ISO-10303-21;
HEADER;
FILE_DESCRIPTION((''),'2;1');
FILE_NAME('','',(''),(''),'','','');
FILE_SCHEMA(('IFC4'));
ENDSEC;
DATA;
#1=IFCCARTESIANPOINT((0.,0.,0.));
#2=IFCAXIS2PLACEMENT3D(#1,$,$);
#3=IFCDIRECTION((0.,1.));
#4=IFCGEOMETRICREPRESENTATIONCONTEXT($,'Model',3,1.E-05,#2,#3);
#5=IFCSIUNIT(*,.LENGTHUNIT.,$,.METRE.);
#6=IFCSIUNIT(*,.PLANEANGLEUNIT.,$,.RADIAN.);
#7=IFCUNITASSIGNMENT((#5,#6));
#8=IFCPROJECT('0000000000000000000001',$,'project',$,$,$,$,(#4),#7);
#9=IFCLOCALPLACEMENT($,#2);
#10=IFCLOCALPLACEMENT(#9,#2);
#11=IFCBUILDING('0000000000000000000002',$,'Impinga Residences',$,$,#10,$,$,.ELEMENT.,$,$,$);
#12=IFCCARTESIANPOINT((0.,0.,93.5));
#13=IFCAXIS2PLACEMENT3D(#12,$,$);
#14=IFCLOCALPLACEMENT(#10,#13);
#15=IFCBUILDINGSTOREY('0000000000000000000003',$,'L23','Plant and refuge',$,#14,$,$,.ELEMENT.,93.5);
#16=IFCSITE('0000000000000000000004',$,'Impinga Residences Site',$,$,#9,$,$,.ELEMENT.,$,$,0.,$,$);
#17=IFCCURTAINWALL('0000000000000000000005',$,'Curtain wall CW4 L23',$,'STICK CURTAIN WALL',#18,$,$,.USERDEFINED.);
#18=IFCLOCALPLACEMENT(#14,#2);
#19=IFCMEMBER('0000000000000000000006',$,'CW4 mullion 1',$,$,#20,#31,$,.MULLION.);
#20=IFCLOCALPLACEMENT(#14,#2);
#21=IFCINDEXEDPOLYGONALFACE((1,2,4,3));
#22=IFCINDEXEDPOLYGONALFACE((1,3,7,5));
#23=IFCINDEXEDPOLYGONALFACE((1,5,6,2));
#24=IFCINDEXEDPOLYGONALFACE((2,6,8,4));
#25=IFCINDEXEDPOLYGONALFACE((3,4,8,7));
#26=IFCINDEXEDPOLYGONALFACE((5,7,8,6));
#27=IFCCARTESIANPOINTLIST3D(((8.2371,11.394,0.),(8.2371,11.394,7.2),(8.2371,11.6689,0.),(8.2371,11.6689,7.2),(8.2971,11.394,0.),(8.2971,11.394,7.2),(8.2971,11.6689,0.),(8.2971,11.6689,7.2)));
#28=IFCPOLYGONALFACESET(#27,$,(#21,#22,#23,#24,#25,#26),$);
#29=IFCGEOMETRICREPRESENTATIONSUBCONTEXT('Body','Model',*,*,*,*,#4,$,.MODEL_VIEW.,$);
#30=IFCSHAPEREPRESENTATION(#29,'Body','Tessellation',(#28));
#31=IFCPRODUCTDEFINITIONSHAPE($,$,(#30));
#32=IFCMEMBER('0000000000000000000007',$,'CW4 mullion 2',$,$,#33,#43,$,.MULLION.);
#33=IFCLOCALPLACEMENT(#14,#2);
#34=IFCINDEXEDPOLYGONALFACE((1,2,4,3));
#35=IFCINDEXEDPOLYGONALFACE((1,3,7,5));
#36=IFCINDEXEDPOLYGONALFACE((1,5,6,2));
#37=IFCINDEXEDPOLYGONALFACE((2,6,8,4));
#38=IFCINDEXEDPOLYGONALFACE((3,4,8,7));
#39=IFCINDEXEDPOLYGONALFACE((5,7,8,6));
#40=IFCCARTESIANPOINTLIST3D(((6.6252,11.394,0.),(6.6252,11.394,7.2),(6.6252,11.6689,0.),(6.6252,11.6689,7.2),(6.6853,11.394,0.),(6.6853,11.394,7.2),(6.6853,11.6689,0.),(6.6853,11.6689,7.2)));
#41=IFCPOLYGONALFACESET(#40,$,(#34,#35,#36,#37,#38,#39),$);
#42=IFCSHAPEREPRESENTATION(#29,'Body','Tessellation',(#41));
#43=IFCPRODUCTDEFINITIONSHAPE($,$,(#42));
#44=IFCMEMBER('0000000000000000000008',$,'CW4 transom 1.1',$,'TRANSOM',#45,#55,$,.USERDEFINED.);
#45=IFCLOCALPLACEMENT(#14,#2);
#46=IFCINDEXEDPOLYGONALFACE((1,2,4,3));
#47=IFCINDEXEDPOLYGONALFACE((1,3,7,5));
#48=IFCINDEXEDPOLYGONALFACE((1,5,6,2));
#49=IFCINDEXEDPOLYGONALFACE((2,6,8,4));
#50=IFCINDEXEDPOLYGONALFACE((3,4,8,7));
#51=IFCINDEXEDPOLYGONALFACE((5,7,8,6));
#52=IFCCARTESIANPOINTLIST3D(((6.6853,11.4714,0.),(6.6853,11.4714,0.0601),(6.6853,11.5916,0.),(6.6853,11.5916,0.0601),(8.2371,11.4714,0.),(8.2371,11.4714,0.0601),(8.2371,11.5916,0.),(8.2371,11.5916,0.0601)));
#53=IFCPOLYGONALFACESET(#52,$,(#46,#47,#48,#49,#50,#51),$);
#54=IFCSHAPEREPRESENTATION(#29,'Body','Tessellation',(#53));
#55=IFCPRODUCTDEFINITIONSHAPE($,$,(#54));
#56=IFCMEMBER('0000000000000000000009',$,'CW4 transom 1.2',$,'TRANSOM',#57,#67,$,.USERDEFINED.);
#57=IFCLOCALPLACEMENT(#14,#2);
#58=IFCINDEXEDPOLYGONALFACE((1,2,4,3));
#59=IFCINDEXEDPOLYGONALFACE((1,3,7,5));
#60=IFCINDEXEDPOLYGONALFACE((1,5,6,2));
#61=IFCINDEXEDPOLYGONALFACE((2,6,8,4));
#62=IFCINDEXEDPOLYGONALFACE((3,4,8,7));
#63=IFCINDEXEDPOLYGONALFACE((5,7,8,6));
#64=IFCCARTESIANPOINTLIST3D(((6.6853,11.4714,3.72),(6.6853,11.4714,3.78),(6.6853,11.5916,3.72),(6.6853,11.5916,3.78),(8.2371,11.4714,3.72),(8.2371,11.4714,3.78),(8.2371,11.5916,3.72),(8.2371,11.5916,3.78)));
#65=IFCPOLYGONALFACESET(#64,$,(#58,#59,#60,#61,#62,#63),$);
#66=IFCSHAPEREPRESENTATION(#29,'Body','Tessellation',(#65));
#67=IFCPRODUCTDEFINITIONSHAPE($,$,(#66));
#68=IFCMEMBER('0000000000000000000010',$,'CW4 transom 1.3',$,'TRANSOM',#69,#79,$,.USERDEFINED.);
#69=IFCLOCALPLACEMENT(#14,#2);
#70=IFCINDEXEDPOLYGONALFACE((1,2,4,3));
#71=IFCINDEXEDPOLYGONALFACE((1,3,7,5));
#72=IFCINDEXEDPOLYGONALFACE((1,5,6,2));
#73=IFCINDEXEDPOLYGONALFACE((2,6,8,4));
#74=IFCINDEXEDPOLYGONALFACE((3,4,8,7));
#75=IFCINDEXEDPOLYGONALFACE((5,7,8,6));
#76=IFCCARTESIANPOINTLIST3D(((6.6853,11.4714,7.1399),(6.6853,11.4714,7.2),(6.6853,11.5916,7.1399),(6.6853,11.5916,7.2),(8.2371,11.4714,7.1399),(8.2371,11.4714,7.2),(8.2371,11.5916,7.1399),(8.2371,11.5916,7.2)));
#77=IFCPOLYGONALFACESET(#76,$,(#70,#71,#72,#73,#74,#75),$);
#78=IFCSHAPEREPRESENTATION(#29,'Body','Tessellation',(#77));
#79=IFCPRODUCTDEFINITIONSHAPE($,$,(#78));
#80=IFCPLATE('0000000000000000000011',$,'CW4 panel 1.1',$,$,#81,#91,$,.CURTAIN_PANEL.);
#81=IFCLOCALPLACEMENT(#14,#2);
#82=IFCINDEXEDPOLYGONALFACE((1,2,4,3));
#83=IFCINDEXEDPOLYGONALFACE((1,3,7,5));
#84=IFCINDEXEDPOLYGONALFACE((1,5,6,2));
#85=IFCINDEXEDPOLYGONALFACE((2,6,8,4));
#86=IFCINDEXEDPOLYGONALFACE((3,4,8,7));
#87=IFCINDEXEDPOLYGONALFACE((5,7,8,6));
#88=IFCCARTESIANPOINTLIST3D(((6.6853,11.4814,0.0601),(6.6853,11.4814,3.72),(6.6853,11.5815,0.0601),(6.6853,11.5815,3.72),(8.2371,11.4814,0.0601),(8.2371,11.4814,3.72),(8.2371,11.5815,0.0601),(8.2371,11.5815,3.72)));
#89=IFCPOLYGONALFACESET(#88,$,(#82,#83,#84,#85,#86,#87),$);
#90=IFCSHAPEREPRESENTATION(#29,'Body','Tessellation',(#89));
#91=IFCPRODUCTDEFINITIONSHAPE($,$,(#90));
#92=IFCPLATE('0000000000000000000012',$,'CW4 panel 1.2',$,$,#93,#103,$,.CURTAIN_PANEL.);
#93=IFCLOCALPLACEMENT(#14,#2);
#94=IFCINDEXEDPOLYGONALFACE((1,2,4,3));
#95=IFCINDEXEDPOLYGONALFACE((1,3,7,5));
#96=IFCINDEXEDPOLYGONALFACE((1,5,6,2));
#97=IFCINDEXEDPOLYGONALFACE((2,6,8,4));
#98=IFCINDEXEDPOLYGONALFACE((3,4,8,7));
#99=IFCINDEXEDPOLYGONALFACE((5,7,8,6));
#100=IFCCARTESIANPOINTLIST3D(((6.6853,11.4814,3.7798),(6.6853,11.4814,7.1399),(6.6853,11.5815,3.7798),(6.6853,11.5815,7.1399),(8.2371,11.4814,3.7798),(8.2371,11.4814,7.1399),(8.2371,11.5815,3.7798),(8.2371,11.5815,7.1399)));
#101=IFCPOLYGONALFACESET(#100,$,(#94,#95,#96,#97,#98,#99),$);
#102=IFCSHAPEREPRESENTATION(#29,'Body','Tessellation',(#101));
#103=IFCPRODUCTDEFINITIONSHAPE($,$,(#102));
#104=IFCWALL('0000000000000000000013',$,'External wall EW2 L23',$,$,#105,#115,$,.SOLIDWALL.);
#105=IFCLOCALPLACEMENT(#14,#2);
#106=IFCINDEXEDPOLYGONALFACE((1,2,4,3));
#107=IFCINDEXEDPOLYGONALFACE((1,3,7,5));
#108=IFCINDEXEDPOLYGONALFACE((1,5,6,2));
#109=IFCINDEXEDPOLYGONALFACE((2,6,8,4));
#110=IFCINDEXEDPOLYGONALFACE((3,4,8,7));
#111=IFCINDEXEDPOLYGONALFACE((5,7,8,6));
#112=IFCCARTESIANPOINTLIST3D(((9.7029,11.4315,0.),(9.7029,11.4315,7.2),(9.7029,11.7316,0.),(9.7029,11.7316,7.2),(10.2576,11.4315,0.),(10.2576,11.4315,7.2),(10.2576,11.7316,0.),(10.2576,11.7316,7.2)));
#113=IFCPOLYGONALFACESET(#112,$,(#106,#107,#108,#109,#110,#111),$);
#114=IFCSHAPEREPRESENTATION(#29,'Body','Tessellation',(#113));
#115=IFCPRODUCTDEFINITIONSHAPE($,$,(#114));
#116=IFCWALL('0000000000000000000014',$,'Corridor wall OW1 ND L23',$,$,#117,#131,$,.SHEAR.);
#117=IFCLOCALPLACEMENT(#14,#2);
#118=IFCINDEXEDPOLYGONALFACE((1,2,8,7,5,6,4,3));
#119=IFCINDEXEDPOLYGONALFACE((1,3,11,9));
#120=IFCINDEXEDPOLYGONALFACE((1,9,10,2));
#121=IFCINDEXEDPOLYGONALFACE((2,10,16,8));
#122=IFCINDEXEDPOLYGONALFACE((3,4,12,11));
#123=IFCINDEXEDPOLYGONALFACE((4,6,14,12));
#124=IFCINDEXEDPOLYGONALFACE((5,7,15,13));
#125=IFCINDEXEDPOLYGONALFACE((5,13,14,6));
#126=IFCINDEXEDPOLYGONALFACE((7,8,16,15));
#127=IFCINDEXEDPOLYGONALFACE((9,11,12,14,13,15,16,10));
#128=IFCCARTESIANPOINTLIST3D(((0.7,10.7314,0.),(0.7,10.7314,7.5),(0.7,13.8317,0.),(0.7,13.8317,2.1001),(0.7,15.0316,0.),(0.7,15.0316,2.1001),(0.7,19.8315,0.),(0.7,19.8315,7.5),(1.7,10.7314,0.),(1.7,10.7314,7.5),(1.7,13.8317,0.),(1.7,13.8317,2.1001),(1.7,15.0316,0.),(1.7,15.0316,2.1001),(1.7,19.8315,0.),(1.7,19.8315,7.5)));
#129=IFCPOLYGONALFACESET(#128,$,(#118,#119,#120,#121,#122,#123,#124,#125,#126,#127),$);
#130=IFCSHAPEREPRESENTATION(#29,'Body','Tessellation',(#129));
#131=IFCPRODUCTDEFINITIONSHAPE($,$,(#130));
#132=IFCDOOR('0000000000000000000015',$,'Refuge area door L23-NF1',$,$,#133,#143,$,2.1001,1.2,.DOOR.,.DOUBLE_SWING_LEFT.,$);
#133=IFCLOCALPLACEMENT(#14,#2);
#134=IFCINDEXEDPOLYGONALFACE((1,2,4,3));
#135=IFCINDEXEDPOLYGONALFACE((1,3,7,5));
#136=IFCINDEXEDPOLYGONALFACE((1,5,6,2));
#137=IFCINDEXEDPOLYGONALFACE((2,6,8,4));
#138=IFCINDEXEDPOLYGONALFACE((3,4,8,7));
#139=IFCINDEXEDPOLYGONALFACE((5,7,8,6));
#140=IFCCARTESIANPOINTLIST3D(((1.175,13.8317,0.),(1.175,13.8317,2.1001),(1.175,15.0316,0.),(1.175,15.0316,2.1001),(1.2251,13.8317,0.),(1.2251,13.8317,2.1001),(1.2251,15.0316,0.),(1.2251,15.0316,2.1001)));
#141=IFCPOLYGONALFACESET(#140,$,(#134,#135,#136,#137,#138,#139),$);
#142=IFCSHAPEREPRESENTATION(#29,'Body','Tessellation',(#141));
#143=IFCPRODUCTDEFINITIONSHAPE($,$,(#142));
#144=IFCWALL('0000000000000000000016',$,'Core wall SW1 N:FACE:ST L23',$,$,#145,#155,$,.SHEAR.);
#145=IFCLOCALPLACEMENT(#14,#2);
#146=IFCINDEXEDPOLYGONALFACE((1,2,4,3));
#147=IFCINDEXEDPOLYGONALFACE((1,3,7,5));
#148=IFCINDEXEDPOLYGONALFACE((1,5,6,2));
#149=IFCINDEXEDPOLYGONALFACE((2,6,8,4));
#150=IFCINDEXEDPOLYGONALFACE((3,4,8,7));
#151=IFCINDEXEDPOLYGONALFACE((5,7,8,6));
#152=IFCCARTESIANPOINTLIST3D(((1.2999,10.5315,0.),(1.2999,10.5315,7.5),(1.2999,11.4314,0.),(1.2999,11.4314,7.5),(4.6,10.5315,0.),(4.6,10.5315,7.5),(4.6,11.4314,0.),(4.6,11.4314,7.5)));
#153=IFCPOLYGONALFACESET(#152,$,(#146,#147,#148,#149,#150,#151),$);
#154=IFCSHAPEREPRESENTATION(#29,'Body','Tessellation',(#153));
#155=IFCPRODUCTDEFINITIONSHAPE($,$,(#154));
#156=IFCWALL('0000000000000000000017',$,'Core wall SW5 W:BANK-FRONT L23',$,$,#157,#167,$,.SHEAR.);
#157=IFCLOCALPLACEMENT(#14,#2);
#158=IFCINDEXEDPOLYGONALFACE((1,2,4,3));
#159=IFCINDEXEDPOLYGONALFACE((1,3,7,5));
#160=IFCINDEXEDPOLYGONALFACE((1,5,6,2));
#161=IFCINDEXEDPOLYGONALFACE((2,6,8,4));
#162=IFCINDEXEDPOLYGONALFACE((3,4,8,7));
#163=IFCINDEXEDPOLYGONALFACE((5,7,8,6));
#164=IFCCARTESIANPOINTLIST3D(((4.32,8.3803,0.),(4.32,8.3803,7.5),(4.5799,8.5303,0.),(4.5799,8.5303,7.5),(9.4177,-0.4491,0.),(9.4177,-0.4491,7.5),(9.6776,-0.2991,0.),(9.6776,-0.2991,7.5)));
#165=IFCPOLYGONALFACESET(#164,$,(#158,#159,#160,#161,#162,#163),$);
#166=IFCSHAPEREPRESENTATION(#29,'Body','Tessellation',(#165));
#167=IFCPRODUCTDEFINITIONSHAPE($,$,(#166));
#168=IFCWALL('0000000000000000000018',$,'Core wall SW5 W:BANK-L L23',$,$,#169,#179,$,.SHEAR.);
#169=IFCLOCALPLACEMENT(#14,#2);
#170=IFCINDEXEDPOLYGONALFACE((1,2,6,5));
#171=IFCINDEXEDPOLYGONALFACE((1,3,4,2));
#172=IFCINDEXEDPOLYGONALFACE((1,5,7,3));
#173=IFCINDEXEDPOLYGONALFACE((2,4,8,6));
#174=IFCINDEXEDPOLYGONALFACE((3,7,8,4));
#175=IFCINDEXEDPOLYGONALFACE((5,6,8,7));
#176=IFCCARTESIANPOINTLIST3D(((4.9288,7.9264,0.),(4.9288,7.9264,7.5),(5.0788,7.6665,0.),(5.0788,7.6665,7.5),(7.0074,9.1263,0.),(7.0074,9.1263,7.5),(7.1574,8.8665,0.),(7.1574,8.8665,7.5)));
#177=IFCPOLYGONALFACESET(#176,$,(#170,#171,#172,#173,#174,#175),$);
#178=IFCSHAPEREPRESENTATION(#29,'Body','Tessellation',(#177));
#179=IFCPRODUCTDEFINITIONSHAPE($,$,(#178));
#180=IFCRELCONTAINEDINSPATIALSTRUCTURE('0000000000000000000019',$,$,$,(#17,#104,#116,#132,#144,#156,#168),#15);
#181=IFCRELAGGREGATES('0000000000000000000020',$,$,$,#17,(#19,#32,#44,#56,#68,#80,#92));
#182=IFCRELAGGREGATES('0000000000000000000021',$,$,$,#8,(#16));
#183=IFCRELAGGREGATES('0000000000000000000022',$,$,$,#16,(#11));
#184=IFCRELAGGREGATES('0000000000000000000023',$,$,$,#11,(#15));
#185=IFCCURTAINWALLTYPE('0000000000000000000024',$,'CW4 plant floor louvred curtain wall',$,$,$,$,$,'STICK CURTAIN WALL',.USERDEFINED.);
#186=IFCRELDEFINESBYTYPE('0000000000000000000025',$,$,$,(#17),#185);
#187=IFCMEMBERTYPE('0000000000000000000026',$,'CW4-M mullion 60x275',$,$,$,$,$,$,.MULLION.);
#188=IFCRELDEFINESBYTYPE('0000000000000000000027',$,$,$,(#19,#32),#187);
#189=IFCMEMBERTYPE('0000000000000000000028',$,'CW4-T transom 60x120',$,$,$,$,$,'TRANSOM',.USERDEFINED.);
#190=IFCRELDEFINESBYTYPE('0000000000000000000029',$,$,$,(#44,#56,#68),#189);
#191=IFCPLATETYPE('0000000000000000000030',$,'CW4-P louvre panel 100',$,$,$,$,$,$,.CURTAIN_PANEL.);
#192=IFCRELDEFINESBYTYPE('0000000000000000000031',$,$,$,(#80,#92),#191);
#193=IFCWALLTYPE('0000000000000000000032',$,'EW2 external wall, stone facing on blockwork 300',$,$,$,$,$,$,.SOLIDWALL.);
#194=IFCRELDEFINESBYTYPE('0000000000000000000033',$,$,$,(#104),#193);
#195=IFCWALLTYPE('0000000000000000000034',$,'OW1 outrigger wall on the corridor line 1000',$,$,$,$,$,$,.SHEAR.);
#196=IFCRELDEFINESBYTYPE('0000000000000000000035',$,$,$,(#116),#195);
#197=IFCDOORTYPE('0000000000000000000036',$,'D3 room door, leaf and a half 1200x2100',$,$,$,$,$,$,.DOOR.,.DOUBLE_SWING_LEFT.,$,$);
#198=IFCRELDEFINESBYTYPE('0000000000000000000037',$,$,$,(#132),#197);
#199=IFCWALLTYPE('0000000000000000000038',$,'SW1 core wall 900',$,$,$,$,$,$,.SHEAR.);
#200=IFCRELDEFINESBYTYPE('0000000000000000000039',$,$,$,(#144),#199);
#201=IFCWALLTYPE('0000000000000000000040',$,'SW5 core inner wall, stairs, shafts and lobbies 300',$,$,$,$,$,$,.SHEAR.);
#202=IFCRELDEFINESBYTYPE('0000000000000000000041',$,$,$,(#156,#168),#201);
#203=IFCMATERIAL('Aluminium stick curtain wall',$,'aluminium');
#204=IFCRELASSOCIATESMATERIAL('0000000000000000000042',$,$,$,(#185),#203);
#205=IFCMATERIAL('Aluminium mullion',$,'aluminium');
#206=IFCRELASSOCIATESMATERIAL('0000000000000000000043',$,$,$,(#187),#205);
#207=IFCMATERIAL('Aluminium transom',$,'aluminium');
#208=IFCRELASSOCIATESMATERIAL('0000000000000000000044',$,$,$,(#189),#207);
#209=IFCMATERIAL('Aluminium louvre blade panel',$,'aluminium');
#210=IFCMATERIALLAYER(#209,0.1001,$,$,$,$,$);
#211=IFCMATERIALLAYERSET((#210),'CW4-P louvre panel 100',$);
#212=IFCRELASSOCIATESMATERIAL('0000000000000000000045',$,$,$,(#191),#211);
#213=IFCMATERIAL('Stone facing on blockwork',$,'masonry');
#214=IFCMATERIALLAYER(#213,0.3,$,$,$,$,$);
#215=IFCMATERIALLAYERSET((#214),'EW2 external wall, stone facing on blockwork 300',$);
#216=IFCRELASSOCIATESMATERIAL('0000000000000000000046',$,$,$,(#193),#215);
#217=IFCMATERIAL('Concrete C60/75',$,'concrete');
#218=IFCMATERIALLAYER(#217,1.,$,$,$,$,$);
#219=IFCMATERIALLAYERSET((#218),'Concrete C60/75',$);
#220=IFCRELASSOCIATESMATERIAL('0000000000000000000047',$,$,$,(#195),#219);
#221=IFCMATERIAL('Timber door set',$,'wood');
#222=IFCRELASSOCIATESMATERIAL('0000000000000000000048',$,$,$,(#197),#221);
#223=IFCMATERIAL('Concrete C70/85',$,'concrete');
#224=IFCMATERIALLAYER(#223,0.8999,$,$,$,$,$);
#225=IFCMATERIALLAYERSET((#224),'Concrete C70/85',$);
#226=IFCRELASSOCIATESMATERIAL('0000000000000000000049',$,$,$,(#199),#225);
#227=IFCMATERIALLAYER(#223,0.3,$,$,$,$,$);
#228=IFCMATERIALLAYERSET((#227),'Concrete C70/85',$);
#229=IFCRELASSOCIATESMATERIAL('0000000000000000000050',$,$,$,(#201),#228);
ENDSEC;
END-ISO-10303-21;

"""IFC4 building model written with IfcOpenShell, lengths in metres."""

from ifc_helpers import new_model, si_unit, direction, frame, frame_2d, origin, origin_2d, place, context, subcontext, project, spatial, rectangle, extrude, material, layer, layer_set, material_profile, profile_set, type_object, element, fill, aggregate, save


model = new_model("IFC4")

# Units and contexts
model_context = context("Model", 3, precision=1e-05, world=origin(), true_north=direction((0.0, 1.0)))
body_context = subcontext(model_context, "Body", "Model", "MODEL_VIEW")
ifc_project = project(units=[si_unit("LENGTHUNIT", "METRE"), si_unit("PLANEANGLEUNIT", "RADIAN")], contexts=[model_context])

# Site, building, storey
site_placement = place(None, origin())
site = spatial("IfcSite", under=ifc_project, at=site_placement, Name="Impinga Residences Site", CompositionType="ELEMENT", RefElevation=0.0)
building_placement = place(site_placement, origin())
building = spatial("IfcBuilding", under=site, at=building_placement, Name="Impinga Residences", CompositionType="ELEMENT")
storey_placement = place(building_placement, frame((0.0, 0.0, 93.5)))
storey = spatial("IfcBuildingStorey", under=building, at=storey_placement, Name="L23", Description="Plant and refuge", CompositionType="ELEMENT", Elevation=93.5)

# Shared definitions
ifc_material_1 = material(Name="Concrete C70/85", Category="concrete")

# Shared definitions
ifc_material_2 = material(Name="Aluminium stick curtain wall", Category="aluminium")
curtain_wall_type = type_object("IfcCurtainWallType", Name="CW4 plant floor louvred curtain wall", ElementType="STICK CURTAIN WALL", PredefinedType="USERDEFINED", material=ifc_material_2)
ifc_material_3 = material(Name="Aluminium mullion", Category="aluminium")
ifc_material_profile_1 = material_profile(ifc_material_3, rectangle(XDim=0.0601, YDim=0.2749, at=origin_2d()), Name="60x275 mullion")
ifc_profile_set_1 = profile_set([ifc_material_profile_1], Name="Aluminium mullion")
member_type_1 = type_object("IfcMemberType", Name="CW4-M mullion 60x275", PredefinedType="MULLION", material=ifc_profile_set_1)

# Curtain wall, members, plates
curtain_wall_1_placement = place(storey_placement, origin())
curtain_wall_1 = element("IfcCurtainWall", 1, at=curtain_wall_1_placement, inside=storey, type_object=curtain_wall_type, Name="Curtain wall CW4 L23", ObjectType="STICK CURTAIN WALL", PredefinedType="USERDEFINED")
member_1_placement = place(storey_placement, frame((8.2671, 11.5315, 0.0), z_axis=(0.0, 0.0, 1.0), x_axis=(-1.0, 0.0, 0.0)))
member_1 = element("IfcMember", 2, at=member_1_placement, type_object=member_type_1, Name="CW4 mullion 1", PredefinedType="MULLION", context=body_context, shape_type="SweptSolid", body=[
    extrude(rectangle(XDim=0.0601, YDim=0.2749, at=origin_2d()), origin(), (0.0, 0.0, 1.0), 7.2),
])
member_2_placement = place(storey_placement, frame((6.6553, 11.5315, 0.0), z_axis=(0.0, 0.0, 1.0), x_axis=(-1.0, 0.0, 0.0)))
member_2 = element("IfcMember", 3, at=member_2_placement, type_object=member_type_1, Name="CW4 mullion 2", PredefinedType="MULLION", context=body_context, shape_type="SweptSolid", body=[
    extrude(rectangle(XDim=0.0601, YDim=0.2749, at=origin_2d()), origin(), (0.0, 0.0, 1.0), 7.2),
])
ifc_material_4 = material(Name="Aluminium transom", Category="aluminium")
ifc_material_profile_2 = material_profile(ifc_material_4, rectangle(XDim=0.0601, YDim=0.1201, at=origin_2d()), Name="60x120 transom")
ifc_profile_set_2 = profile_set([ifc_material_profile_2], Name="Aluminium transom")
member_type_2 = type_object("IfcMemberType", Name="CW4-T transom 60x120", ElementType="TRANSOM", PredefinedType="USERDEFINED", material=ifc_profile_set_2)
member_3_placement = place(storey_placement, frame((8.2371, 11.5315, 0.03), z_axis=(-1.0, 0.0, 0.0), x_axis=(0.0, 0.0, 1.0)))
member_3 = element("IfcMember", 4, at=member_3_placement, type_object=member_type_2, Name="CW4 transom 1.1", ObjectType="TRANSOM", PredefinedType="USERDEFINED", context=body_context, shape_type="SweptSolid", body=[
    extrude(rectangle(XDim=0.0601, YDim=0.1201, at=origin_2d()), origin(), (0.0, 0.0, 1.0), 1.5518),
])
member_4_placement = place(storey_placement, frame((8.2371, 11.5315, 3.75), z_axis=(-1.0, 0.0, 0.0), x_axis=(0.0, 0.0, 1.0)))
member_4 = element("IfcMember", 5, at=member_4_placement, type_object=member_type_2, Name="CW4 transom 1.2", ObjectType="TRANSOM", PredefinedType="USERDEFINED", context=body_context, shape_type="SweptSolid", body=[
    extrude(rectangle(XDim=0.0601, YDim=0.1201, at=origin_2d()), origin(), (0.0, 0.0, 1.0), 1.5518),
])
member_5_placement = place(storey_placement, frame((8.2371, 11.5315, 7.1699), z_axis=(-1.0, 0.0, 0.0), x_axis=(0.0, 0.0, 1.0)))
member_5 = element("IfcMember", 6, at=member_5_placement, type_object=member_type_2, Name="CW4 transom 1.3", ObjectType="TRANSOM", PredefinedType="USERDEFINED", context=body_context, shape_type="SweptSolid", body=[
    extrude(rectangle(XDim=0.0601, YDim=0.1201, at=origin_2d()), origin(), (0.0, 0.0, 1.0), 1.5518),
])
ifc_material_5 = material(Name="Aluminium louvre blade panel", Category="aluminium")
ifc_layer_1 = layer(ifc_material_5, 0.1001)
ifc_layer_set_1 = layer_set([ifc_layer_1], Name="CW4-P louvre panel 100")
plate_type = type_object("IfcPlateType", Name="CW4-P louvre panel 100", PredefinedType="CURTAIN_PANEL", material=ifc_layer_set_1)
plate_1_placement = place(storey_placement, frame((7.4612, 11.5315, 0.0601), z_axis=(0.0, 0.0, 1.0), x_axis=(-1.0, 0.0, 0.0)))
plate_1 = element("IfcPlate", 7, at=plate_1_placement, type_object=plate_type, Name="CW4 panel 1.1", PredefinedType="CURTAIN_PANEL", context=body_context, shape_type="SweptSolid", body=[
    extrude(rectangle(XDim=1.5518, YDim=0.1001, at=origin_2d()), origin(), (0.0, 0.0, 1.0), 3.6599),
])
plate_2_placement = place(storey_placement, frame((7.4612, 11.5315, 3.7798), z_axis=(0.0, 0.0, 1.0), x_axis=(-1.0, 0.0, 0.0)))
plate_2 = element("IfcPlate", 8, at=plate_2_placement, type_object=plate_type, Name="CW4 panel 1.2", PredefinedType="CURTAIN_PANEL", context=body_context, shape_type="SweptSolid", body=[
    extrude(rectangle(XDim=1.5518, YDim=0.1001, at=origin_2d()), origin(), (0.0, 0.0, 1.0), 3.3601),
])
aggregate(curtain_wall_1, [member_1, member_2, member_3, member_4, member_5, plate_1, plate_2])

# Wall
ifc_material_6 = material(Name="Stone facing on blockwork", Category="masonry")
ifc_layer_2 = layer(ifc_material_6, 0.3)
ifc_layer_set_2 = layer_set([ifc_layer_2], Name="EW2 external wall, stone facing on blockwork 300")
wall_type_1 = type_object("IfcWallType", Name="EW2 external wall, stone facing on blockwork 300", PredefinedType="SOLIDWALL", material=ifc_layer_set_2)
wall_1_placement = place(storey_placement, frame((10.2576, 11.5815, 0.0), z_axis=(0.0, 0.0, 1.0), x_axis=(-1.0, 0.0, 0.0)))
element("IfcWall", 9, at=wall_1_placement, inside=storey, type_object=wall_type_1, Name="External wall EW2 L23", PredefinedType="SOLIDWALL", context=body_context, shape_type="SweptSolid", body=[
    extrude(rectangle(XDim=0.5547, YDim=0.3, at=frame_2d((0.2773, 0.0))), origin(), (0.0, 0.0, 1.0), 7.2),
])

# Wall, opening, door
ifc_material_7 = material(Name="Concrete C60/75", Category="concrete")
ifc_layer_3 = layer(ifc_material_7, 1.0)
ifc_layer_set_3 = layer_set([ifc_layer_3], Name="Concrete C60/75")
wall_type_2 = type_object("IfcWallType", Name="OW1 outrigger wall on the corridor line 1000", PredefinedType="SHEAR", material=ifc_layer_set_3)
wall_2_placement = place(storey_placement, frame((1.2, 10.7314, 0.0), z_axis=(0.0, 0.0, 1.0), x_axis=(0.0, 1.0, 0.0)))
wall_2 = element("IfcWall", 10, at=wall_2_placement, inside=storey, type_object=wall_type_2, Name="Corridor wall OW1 ND L23", PredefinedType="SHEAR", context=body_context, shape_type="SweptSolid", body=[
    extrude(rectangle(XDim=9.1001, YDim=1.0, at=frame_2d((4.55, 0.0))), origin(), (0.0, 0.0, 1.0), 7.5),
])
opening_placement = place(wall_2_placement, frame((3.1001, 0.0, 0.0)))
opening = element("IfcOpeningElement", 11, at=opening_placement, cuts=wall_2, PredefinedType="OPENING", context=body_context, shape_type="SweptSolid", body=[
    extrude(rectangle(XDim=1.2, YDim=2.1001, at=frame_2d((0.6001, 1.05))), frame((0.0, 0.51, 0.0), z_axis=(0.0, -1.0, 0.0), x_axis=(1.0, 0.0, 0.0)), (0.0, 0.0, 1.0), 1.02),
])
ifc_material_8 = material(Name="Timber door set", Category="wood")
door_type = type_object("IfcDoorType", Name="D3 room door, leaf and a half 1200x2100", OperationType="DOUBLE_SWING_LEFT", PredefinedType="DOOR", material=ifc_material_8)
door_placement = place(opening_placement, origin())
door = element("IfcDoor", 12, at=door_placement, inside=storey, type_object=door_type, Name="Refuge area door L23-NF1", OperationType="DOUBLE_SWING_LEFT", OverallHeight=2.1001, OverallWidth=1.2, PredefinedType="DOOR", context=body_context, shape_type="SweptSolid", body=[
    extrude(rectangle(XDim=1.2, YDim=2.1001, at=frame_2d((0.6001, 1.05))), frame((0.0, 0.0249, 0.0), z_axis=(0.0, -1.0, 0.0), x_axis=(1.0, 0.0, 0.0)), (0.0, 0.0, 1.0), 0.05),
])
fill(opening, door)

# Walls
ifc_layer_4 = layer(ifc_material_1, 0.8999)
ifc_layer_set_4 = layer_set([ifc_layer_4], Name="Concrete C70/85")
wall_type_3 = type_object("IfcWallType", Name="SW1 core wall 900", PredefinedType="SHEAR", material=ifc_layer_set_4)
wall_3_placement = place(storey_placement, frame((1.3, 10.9814, 0.0), z_axis=(0.0, 0.0, 1.0), x_axis=(1.0, 0.0, 0.0)))
element("IfcWall", 13, at=wall_3_placement, inside=storey, type_object=wall_type_3, Name="Core wall SW1 N:FACE:ST L23", PredefinedType="SHEAR", context=body_context, shape_type="SweptSolid", body=[
    extrude(rectangle(XDim=3.3, YDim=0.8999, at=frame_2d((1.6499, 0.0))), origin(), (0.0, 0.0, 1.0), 7.5),
])
ifc_layer_5 = layer(ifc_material_1, 0.3)
ifc_layer_set_5 = layer_set([ifc_layer_5], Name="Concrete C70/85")
wall_type_4 = type_object("IfcWallType", Name="SW5 core inner wall, stairs, shafts and lobbies 300", PredefinedType="SHEAR", material=ifc_layer_set_5)
wall_4_placement = place(storey_placement, frame((4.45, 8.4553, 0.0), z_axis=(0.0, 0.0, 1.0), x_axis=(0.500002, -0.866024, 0.0)))
element("IfcWall", 14, at=wall_4_placement, inside=storey, type_object=wall_type_4, Name="Core wall SW5 W:BANK-FRONT L23", PredefinedType="SHEAR", context=body_context, shape_type="SweptSolid", body=[
    extrude(rectangle(XDim=10.1953, YDim=0.3, at=frame_2d((5.0977, 0.0))), origin(), (0.0, 0.0, 1.0), 7.5),
])
wall_5_placement = place(storey_placement, frame((5.0037, 7.7964, 0.0), z_axis=(0.0, 0.0, 1.0), x_axis=(0.86605, 0.499957, 0.0)))
element("IfcWall", 15, at=wall_5_placement, inside=storey, type_object=wall_type_4, Name="Core wall SW5 W:BANK-L L23", PredefinedType="SHEAR", context=body_context, shape_type="SweptSolid", body=[
    extrude(rectangle(XDim=2.4001, YDim=0.3, at=frame_2d((1.2002, 0.0))), origin(), (0.0, 0.0, 1.0), 7.5),
])

save(model, "model.ifc")
